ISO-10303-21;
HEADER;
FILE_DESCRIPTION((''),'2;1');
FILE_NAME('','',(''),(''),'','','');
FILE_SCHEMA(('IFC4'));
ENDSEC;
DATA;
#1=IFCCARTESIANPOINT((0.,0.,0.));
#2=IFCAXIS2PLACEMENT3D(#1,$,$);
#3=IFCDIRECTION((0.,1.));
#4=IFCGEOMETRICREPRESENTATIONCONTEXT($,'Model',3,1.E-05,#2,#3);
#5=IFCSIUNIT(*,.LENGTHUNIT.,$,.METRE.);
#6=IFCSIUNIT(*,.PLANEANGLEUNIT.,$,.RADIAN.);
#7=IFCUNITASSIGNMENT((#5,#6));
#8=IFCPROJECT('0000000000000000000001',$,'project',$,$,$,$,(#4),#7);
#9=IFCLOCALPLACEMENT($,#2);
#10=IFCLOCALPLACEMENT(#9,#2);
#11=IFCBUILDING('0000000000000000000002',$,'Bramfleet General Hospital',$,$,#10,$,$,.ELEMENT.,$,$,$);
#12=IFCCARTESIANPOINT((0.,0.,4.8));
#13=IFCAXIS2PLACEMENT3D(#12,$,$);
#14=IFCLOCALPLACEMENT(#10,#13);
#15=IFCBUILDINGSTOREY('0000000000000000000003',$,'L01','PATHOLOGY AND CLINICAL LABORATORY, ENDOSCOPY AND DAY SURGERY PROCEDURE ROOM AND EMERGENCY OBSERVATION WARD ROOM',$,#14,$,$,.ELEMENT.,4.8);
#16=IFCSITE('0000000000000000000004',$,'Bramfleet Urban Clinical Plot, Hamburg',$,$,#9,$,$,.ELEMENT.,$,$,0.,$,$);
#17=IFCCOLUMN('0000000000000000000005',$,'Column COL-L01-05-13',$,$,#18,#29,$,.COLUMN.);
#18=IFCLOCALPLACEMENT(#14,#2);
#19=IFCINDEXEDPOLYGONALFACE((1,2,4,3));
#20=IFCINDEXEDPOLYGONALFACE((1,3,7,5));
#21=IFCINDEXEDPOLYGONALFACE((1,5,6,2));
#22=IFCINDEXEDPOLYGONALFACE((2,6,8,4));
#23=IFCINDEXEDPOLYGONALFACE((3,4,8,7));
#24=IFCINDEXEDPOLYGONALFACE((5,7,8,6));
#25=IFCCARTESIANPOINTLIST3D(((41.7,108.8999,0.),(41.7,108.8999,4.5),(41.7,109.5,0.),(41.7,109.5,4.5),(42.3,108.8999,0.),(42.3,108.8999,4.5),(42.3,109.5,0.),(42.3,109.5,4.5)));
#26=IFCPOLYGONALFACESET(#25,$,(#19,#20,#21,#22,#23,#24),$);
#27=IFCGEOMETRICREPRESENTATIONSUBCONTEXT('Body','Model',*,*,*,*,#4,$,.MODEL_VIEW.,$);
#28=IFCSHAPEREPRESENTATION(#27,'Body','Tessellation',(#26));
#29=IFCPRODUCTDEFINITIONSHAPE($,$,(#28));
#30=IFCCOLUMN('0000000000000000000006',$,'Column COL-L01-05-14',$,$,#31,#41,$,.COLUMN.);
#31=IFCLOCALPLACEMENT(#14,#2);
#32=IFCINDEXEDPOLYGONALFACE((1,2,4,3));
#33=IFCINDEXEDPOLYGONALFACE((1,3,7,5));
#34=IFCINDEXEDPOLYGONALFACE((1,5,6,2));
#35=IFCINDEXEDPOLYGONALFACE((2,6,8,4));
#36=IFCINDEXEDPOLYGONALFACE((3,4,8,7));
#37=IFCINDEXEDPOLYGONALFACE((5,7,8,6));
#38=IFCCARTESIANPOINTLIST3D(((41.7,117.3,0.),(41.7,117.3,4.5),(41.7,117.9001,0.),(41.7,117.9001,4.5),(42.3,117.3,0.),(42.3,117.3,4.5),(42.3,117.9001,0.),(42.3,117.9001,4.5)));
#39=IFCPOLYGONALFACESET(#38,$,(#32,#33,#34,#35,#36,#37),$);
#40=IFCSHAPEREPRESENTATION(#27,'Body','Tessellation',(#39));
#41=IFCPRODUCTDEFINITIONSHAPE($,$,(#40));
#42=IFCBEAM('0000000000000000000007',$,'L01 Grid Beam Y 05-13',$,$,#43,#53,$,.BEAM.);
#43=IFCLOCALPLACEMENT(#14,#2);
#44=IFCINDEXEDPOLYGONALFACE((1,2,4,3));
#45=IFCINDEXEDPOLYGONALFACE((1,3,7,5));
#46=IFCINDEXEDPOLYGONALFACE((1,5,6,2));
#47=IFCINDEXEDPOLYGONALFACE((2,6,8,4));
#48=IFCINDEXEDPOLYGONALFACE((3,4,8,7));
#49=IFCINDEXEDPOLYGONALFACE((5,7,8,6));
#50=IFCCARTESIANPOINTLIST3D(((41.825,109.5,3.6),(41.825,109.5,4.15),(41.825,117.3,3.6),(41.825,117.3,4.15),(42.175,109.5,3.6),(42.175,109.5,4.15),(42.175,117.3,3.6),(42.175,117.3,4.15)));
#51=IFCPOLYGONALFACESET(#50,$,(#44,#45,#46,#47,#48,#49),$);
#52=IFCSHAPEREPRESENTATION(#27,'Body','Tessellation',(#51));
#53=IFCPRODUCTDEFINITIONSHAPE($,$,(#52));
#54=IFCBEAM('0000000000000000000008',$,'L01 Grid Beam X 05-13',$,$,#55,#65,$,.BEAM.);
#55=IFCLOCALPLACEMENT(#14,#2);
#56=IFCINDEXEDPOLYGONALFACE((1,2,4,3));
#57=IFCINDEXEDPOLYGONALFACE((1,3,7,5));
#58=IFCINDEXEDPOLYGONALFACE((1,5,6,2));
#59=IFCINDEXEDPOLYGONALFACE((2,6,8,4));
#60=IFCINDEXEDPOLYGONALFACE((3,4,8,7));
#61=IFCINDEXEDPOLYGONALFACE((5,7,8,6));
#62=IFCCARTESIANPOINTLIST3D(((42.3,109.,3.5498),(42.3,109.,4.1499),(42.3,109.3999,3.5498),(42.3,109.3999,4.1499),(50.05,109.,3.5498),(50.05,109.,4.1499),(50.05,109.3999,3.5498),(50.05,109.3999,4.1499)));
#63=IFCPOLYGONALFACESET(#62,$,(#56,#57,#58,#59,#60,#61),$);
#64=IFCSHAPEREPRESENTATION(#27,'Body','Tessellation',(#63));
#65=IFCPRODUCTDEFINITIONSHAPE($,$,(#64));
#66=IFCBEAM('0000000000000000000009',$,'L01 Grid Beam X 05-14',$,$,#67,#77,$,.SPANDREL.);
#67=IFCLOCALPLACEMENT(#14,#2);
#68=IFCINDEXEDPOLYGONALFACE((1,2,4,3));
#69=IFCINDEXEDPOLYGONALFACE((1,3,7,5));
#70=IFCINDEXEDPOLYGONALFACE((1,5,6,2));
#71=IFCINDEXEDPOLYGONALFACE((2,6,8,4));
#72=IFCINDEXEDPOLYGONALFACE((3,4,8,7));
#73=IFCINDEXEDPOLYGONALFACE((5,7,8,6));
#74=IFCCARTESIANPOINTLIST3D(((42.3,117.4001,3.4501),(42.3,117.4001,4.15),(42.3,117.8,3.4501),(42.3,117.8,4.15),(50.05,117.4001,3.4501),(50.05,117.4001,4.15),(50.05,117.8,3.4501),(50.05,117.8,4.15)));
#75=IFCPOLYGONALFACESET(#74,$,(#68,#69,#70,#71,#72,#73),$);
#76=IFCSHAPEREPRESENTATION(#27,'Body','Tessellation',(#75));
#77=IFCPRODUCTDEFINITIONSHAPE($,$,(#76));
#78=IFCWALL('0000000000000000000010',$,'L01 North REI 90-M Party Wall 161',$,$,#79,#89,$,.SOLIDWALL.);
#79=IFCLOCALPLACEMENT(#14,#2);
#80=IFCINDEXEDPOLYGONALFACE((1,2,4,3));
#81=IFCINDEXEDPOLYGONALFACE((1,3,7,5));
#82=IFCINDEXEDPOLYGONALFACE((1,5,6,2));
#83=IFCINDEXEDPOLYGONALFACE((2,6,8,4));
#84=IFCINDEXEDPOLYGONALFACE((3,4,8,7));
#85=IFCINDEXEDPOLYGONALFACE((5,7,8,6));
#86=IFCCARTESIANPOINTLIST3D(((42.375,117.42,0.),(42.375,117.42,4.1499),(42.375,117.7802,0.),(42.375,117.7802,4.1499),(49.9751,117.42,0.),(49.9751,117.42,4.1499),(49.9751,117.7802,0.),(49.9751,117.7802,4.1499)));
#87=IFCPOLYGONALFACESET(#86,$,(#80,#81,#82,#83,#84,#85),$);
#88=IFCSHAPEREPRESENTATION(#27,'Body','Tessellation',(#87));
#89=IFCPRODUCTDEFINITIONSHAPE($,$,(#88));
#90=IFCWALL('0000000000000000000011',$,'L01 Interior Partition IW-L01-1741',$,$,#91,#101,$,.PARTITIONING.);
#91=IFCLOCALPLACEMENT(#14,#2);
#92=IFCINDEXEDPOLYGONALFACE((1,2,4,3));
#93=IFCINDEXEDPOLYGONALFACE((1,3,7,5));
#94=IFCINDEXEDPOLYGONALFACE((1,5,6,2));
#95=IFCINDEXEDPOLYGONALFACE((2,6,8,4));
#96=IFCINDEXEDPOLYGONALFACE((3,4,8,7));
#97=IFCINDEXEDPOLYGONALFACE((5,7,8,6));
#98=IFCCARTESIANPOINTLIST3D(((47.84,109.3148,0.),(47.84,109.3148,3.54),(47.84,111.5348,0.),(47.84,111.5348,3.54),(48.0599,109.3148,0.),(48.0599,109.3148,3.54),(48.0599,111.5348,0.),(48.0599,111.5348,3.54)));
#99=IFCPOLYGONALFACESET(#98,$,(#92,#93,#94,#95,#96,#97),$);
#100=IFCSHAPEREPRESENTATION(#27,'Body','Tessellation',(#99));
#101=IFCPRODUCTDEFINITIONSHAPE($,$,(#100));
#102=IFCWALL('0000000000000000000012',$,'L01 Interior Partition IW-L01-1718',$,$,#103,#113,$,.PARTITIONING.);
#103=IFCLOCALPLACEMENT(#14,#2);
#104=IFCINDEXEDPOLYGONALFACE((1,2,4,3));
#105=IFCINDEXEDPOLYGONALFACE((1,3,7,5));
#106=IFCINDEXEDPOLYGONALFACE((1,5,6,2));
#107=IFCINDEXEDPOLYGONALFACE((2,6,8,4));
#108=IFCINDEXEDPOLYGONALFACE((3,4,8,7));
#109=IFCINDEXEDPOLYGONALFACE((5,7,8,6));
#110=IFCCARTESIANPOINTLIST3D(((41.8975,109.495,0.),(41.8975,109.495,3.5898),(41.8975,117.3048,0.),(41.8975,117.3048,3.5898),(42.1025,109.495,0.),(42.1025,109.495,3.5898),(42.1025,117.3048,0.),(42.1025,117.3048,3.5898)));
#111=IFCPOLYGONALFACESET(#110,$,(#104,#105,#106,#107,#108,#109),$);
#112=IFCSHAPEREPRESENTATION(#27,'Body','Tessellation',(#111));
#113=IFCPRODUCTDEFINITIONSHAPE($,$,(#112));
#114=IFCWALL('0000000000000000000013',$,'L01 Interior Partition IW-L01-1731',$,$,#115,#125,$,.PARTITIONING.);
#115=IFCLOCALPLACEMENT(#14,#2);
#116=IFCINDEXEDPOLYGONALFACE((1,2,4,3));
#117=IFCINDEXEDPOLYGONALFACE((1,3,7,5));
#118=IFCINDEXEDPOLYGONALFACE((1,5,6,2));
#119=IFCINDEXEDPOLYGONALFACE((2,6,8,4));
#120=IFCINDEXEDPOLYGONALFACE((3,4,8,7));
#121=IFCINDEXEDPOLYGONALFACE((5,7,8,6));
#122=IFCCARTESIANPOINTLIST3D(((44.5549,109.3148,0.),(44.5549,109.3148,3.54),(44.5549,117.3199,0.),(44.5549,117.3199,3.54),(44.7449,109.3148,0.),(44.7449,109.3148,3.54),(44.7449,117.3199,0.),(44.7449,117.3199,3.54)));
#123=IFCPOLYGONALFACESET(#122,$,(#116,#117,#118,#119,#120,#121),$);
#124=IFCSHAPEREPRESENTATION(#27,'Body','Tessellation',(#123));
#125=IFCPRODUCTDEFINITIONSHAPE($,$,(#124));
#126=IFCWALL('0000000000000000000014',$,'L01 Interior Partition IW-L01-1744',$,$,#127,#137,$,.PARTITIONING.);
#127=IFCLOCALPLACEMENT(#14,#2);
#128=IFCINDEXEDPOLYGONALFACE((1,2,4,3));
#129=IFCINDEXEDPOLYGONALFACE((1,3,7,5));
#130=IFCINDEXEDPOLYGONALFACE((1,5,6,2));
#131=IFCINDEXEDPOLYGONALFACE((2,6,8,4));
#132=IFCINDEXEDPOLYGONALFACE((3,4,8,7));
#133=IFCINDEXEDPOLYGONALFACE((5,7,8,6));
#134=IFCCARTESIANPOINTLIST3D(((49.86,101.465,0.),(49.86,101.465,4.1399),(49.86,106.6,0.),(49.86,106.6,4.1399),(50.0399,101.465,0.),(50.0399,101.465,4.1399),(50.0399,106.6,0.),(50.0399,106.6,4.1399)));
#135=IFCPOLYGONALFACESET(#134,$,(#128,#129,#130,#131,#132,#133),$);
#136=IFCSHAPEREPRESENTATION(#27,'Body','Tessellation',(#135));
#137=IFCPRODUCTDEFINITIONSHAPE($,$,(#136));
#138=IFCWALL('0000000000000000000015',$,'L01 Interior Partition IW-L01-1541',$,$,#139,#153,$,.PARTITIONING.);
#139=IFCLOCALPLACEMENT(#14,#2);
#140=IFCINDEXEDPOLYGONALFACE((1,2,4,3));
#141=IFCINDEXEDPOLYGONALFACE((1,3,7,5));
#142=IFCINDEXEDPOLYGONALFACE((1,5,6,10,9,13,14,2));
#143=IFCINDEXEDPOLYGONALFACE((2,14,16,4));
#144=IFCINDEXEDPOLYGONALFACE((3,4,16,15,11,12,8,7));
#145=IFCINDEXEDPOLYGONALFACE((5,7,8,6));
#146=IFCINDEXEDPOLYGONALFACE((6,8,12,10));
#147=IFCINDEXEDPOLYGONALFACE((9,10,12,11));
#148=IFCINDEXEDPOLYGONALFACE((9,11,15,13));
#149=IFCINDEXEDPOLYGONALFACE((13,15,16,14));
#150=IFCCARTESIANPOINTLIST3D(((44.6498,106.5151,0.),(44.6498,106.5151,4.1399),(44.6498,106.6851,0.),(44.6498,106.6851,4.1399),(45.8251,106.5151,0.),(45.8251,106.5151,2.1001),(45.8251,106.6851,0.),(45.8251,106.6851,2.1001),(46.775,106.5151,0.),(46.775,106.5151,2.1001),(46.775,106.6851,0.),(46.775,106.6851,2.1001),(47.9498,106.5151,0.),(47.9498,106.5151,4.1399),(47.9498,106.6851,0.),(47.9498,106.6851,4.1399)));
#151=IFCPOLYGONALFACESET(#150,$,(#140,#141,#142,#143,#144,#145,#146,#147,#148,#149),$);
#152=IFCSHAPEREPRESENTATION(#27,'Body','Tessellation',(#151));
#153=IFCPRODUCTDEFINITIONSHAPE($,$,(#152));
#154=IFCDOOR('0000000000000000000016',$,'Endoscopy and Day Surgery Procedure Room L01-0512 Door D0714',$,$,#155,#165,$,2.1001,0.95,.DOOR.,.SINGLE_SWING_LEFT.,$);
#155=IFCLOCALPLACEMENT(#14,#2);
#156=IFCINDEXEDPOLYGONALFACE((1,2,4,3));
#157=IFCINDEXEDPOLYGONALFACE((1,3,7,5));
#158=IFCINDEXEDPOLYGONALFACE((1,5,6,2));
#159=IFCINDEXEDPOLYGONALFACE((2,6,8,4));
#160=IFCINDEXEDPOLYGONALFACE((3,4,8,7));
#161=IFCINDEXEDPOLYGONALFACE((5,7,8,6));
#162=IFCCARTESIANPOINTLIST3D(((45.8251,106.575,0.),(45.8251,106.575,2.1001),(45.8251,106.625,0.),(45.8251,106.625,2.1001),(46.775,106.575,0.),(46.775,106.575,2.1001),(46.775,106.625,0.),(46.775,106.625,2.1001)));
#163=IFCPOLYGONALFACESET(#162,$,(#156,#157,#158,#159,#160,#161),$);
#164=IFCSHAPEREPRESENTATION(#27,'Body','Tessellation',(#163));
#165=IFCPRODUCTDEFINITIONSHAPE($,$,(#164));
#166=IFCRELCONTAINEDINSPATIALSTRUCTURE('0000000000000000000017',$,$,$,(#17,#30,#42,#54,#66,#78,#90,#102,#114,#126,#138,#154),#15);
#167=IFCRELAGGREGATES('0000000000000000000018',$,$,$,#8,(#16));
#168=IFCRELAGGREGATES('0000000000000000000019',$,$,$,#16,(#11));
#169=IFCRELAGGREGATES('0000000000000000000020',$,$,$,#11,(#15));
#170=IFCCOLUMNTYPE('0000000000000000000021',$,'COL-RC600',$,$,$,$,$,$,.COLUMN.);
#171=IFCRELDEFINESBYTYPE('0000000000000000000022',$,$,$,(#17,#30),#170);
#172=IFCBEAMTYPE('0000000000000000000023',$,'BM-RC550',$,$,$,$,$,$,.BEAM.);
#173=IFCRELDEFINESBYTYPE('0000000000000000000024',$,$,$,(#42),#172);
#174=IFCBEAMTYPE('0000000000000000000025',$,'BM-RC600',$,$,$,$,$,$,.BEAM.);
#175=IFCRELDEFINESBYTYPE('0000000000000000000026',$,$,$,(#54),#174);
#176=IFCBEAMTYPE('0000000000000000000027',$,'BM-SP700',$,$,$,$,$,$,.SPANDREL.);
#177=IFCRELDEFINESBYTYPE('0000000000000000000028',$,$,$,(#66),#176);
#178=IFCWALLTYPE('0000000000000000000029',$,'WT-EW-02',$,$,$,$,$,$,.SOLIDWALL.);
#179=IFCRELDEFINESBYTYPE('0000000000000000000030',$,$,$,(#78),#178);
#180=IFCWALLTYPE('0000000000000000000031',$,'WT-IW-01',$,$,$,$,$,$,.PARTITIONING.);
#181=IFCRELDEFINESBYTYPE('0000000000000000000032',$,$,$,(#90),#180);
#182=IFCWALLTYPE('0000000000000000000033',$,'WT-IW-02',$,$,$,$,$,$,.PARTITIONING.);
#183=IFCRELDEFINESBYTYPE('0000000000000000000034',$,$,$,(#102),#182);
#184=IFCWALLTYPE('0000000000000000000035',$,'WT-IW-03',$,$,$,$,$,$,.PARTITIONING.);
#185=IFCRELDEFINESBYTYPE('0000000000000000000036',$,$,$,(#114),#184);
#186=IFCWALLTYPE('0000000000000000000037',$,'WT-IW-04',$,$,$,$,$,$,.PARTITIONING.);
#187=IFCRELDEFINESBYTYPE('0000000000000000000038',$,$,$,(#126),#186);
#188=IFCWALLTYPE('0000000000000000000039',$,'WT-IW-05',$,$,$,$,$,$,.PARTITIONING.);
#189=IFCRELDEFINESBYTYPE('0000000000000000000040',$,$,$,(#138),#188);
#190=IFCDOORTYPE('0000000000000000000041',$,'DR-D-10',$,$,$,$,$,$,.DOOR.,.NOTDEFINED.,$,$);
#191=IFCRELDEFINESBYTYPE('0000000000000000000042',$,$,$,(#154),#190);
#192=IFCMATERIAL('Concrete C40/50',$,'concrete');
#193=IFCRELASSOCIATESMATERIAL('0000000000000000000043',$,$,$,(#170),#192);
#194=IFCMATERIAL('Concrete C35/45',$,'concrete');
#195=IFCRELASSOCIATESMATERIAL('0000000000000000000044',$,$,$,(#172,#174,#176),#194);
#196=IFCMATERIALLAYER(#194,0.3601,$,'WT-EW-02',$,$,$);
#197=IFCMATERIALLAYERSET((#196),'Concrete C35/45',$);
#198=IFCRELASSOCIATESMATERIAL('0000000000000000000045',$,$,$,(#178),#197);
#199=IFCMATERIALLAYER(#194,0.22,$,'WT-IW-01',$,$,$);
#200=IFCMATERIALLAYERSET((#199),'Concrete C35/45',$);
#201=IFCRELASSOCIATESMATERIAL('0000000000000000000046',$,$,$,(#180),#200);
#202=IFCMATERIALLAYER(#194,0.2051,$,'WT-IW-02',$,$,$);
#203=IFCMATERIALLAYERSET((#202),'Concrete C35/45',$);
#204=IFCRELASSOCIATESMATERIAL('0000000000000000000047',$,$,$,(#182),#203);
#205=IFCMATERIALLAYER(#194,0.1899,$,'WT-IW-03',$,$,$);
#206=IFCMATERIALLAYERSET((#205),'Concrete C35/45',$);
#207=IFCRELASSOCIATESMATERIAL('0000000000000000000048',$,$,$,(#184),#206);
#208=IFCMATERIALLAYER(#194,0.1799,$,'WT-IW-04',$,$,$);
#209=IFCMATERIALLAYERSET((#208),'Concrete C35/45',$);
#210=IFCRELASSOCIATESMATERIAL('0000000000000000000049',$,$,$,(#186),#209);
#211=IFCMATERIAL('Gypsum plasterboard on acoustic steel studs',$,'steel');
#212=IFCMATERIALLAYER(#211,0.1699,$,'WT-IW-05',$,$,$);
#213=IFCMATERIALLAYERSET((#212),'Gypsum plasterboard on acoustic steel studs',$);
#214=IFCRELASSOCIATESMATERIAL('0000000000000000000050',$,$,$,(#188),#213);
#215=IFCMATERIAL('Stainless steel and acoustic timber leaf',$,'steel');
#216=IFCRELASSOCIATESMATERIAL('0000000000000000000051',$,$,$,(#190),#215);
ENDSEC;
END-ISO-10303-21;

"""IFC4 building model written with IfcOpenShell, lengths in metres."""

from ifc_helpers import new_model, si_unit, direction, frame, frame_2d, origin, origin_2d, place, context, subcontext, project, spatial, rectangle, extrude, material, layer, layer_set, material_profile, profile_set, type_object, element, fill, save


model = new_model("IFC4")

# Units and contexts
model_context = context("Model", 3, precision=1e-05, world=origin(), true_north=direction((0.0, 1.0)))
body_context = subcontext(model_context, "Body", "Model", "MODEL_VIEW")
ifc_project = project(units=[si_unit("LENGTHUNIT", "METRE"), si_unit("PLANEANGLEUNIT", "RADIAN")], contexts=[model_context])

# Site, building, storey
site_placement = place(None, origin())
site = spatial("IfcSite", under=ifc_project, at=site_placement, Name="Bramfleet Urban Clinical Plot, Hamburg", CompositionType="ELEMENT", RefElevation=0.0)
building_placement = place(site_placement, origin())
building = spatial("IfcBuilding", under=site, at=building_placement, Name="Bramfleet General Hospital", CompositionType="ELEMENT")
storey_placement = place(building_placement, frame((0.0, 0.0, 4.8)))
storey = spatial("IfcBuildingStorey", under=building, at=storey_placement, Name="L01", Description="PATHOLOGY AND CLINICAL LABORATORY, ENDOSCOPY AND DAY SURGERY PROCEDURE ROOM AND EMERGENCY OBSERVATION WARD ROOM", CompositionType="ELEMENT", Elevation=4.8)

# Columns
ifc_material_1 = material(Name="Concrete C40/50", Category="concrete")
ifc_material_profile_1 = material_profile(ifc_material_1, rectangle(XDim=0.6001, YDim=0.6001, at=origin_2d()), Name="RC COL 600x600")
ifc_profile_set_1 = profile_set([ifc_material_profile_1], Name="Concrete C40/50")
column_type = type_object("IfcColumnType", Name="COL-RC600", PredefinedType="COLUMN", material=ifc_profile_set_1)
for number, where, z_axis, x_axis, name in (
    (1, (42.0, 109.2, 0.0), (0.0, 0.0, 1.0), (1.0, 0.0, 0.0), "Column COL-L01-05-13"),
    (2, (42.0, 117.6001, 0.0), (0.0, 0.0, 1.0), (1.0, 0.0, 0.0), "Column COL-L01-05-14"),
):
    element("IfcColumn", number, at=place(storey_placement, frame(where, z_axis=z_axis, x_axis=x_axis)), inside=storey, type_object=column_type, Name=name, PredefinedType="COLUMN", context=body_context, shape_type="SweptSolid", body=[
        extrude(rectangle(XDim=0.6001, YDim=0.6001, at=origin_2d()), origin(), (0.0, 0.0, 1.0), 4.5),
    ])

# Beams
ifc_material_2 = material(Name="Concrete C35/45", Category="concrete")
ifc_material_profile_2 = material_profile(ifc_material_2, rectangle(XDim=0.3501, YDim=0.55, at=origin_2d()), Name="RC BM 550x350")
ifc_profile_set_2 = profile_set([ifc_material_profile_2], Name="Concrete C35/45")
beam_type_1 = type_object("IfcBeamType", Name="BM-RC550", PredefinedType="BEAM", material=ifc_profile_set_2)
beam_1_placement = place(storey_placement, frame((42.0, 109.5, 3.875), z_axis=(0.0, 1.0, 0.0), x_axis=(-1.0, 0.0, 0.0)))
element("IfcBeam", 3, at=beam_1_placement, inside=storey, type_object=beam_type_1, Name="L01 Grid Beam Y 05-13", PredefinedType="BEAM", context=body_context, shape_type="SweptSolid", body=[
    extrude(rectangle(XDim=0.3501, YDim=0.55, at=origin_2d()), origin(), (0.0, 0.0, 1.0), 7.8),
])
ifc_material_profile_3 = material_profile(ifc_material_2, rectangle(XDim=0.3999, YDim=0.6001, at=origin_2d()), Name="RC BM 600x400")
ifc_profile_set_3 = profile_set([ifc_material_profile_3], Name="Concrete C35/45")
beam_type_2 = type_object("IfcBeamType", Name="BM-RC600", PredefinedType="BEAM", material=ifc_profile_set_3)
beam_2_placement = place(storey_placement, frame((42.3, 109.2, 3.8499), z_axis=(1.0, 0.0, 0.0), x_axis=(0.0, 1.0, 0.0)))
element("IfcBeam", 4, at=beam_2_placement, inside=storey, type_object=beam_type_2, Name="L01 Grid Beam X 05-13", PredefinedType="BEAM", context=body_context, shape_type="SweptSolid", body=[
    extrude(rectangle(XDim=0.3999, YDim=0.6001, at=origin_2d()), origin(), (0.0, 0.0, 1.0), 7.75),
])
ifc_material_profile_4 = material_profile(ifc_material_2, rectangle(XDim=0.3999, YDim=0.7, at=origin_2d()), Name="RC SP 700x400")
ifc_profile_set_4 = profile_set([ifc_material_profile_4], Name="Concrete C35/45")
beam_type_3 = type_object("IfcBeamType", Name="BM-SP700", PredefinedType="SPANDREL", material=ifc_profile_set_4)
beam_3_placement = place(storey_placement, frame((42.3, 117.6001, 3.8), z_axis=(1.0, 0.0, 0.0), x_axis=(0.0, 1.0, 0.0)))
element("IfcBeam", 5, at=beam_3_placement, inside=storey, type_object=beam_type_3, Name="L01 Grid Beam X 05-14", PredefinedType="SPANDREL", context=body_context, shape_type="SweptSolid", body=[
    extrude(rectangle(XDim=0.3999, YDim=0.7, at=origin_2d()), origin(), (0.0, 0.0, 1.0), 7.75),
])

# Walls
ifc_layer_1 = layer(ifc_material_2, 0.3601, Name="WT-EW-02")
ifc_layer_set_1 = layer_set([ifc_layer_1], Name="Concrete C35/45")
wall_type_1 = type_object("IfcWallType", Name="WT-EW-02", PredefinedType="SOLIDWALL", material=ifc_layer_set_1)
wall_1_placement = place(storey_placement, frame((42.375, 117.6001, 0.0), z_axis=(0.0, 0.0, 1.0), x_axis=(1.0, 0.0, 0.0)))
element("IfcWall", 6, at=wall_1_placement, inside=storey, type_object=wall_type_1, Name="L01 North REI 90-M Party Wall 161", PredefinedType="SOLIDWALL", context=body_context, shape_type="SweptSolid", body=[
    extrude(rectangle(XDim=7.6001, YDim=0.3601, at=frame_2d((3.8, 0.0))), origin(), (0.0, 0.0, 1.0), 4.1499),
])
ifc_layer_2 = layer(ifc_material_2, 0.22, Name="WT-IW-01")
ifc_layer_set_2 = layer_set([ifc_layer_2], Name="Concrete C35/45")
wall_type_2 = type_object("IfcWallType", Name="WT-IW-01", PredefinedType="PARTITIONING", material=ifc_layer_set_2)
wall_2_placement = place(storey_placement, frame((47.95, 109.3149, 0.0), z_axis=(0.0, 0.0, 1.0), x_axis=(0.0, 1.0, 0.0)))
element("IfcWall", 7, at=wall_2_placement, inside=storey, type_object=wall_type_2, Name="L01 Interior Partition IW-L01-1741", PredefinedType="PARTITIONING", context=body_context, shape_type="SweptSolid", body=[
    extrude(rectangle(XDim=2.22, YDim=0.22, at=frame_2d((1.1099, 0.0))), origin(), (0.0, 0.0, 1.0), 3.54),
])
ifc_layer_3 = layer(ifc_material_2, 0.2051, Name="WT-IW-02")
ifc_layer_set_3 = layer_set([ifc_layer_3], Name="Concrete C35/45")
wall_type_3 = type_object("IfcWallType", Name="WT-IW-02", PredefinedType="PARTITIONING", material=ifc_layer_set_3)
wall_3_placement = place(storey_placement, frame((42.0, 109.4951, 0.0), z_axis=(0.0, 0.0, 1.0), x_axis=(0.0, 1.0, 0.0)))
element("IfcWall", 8, at=wall_3_placement, inside=storey, type_object=wall_type_3, Name="L01 Interior Partition IW-L01-1718", PredefinedType="PARTITIONING", context=body_context, shape_type="SweptSolid", body=[
    extrude(rectangle(XDim=7.8098, YDim=0.2051, at=frame_2d((3.9048, 0.0))), origin(), (0.0, 0.0, 1.0), 3.5898),
])
ifc_layer_4 = layer(ifc_material_2, 0.1899, Name="WT-IW-03")
ifc_layer_set_4 = layer_set([ifc_layer_4], Name="Concrete C35/45")
wall_type_4 = type_object("IfcWallType", Name="WT-IW-03", PredefinedType="PARTITIONING", material=ifc_layer_set_4)
wall_4_placement = place(storey_placement, frame((44.6499, 109.3149, 0.0), z_axis=(0.0, 0.0, 1.0), x_axis=(0.0, 1.0, 0.0)))
element("IfcWall", 9, at=wall_4_placement, inside=storey, type_object=wall_type_4, Name="L01 Interior Partition IW-L01-1731", PredefinedType="PARTITIONING", context=body_context, shape_type="SweptSolid", body=[
    extrude(rectangle(XDim=8.0051, YDim=0.1899, at=frame_2d((4.0024, 0.0))), origin(), (0.0, 0.0, 1.0), 3.54),
])
ifc_layer_5 = layer(ifc_material_2, 0.1799, Name="WT-IW-04")
ifc_layer_set_5 = layer_set([ifc_layer_5], Name="Concrete C35/45")
wall_type_5 = type_object("IfcWallType", Name="WT-IW-04", PredefinedType="PARTITIONING", material=ifc_layer_set_5)
wall_5_placement = place(storey_placement, frame((49.95, 101.4651, 0.0), z_axis=(0.0, 0.0, 1.0), x_axis=(0.0, 1.0, 0.0)))
element("IfcWall", 10, at=wall_5_placement, inside=storey, type_object=wall_type_5, Name="L01 Interior Partition IW-L01-1744", PredefinedType="PARTITIONING", context=body_context, shape_type="SweptSolid", body=[
    extrude(rectangle(XDim=5.135, YDim=0.1799, at=frame_2d((2.5674, 0.0))), origin(), (0.0, 0.0, 1.0), 4.1399),
])

# Wall, opening, door
ifc_material_3 = material(Name="Gypsum plasterboard on acoustic steel studs", Category="steel")
ifc_layer_6 = layer(ifc_material_3, 0.1699, Name="WT-IW-05")
ifc_layer_set_6 = layer_set([ifc_layer_6], Name="Gypsum plasterboard on acoustic steel studs")
wall_type_6 = type_object("IfcWallType", Name="WT-IW-05", PredefinedType="PARTITIONING", material=ifc_layer_set_6)
wall_6_placement = place(storey_placement, frame((44.6499, 106.6001, 0.0), z_axis=(0.0, 0.0, 1.0), x_axis=(1.0, 0.0, 0.0)))
wall_6 = element("IfcWall", 11, at=wall_6_placement, inside=storey, type_object=wall_type_6, Name="L01 Interior Partition IW-L01-1541", PredefinedType="PARTITIONING", context=body_context, shape_type="SweptSolid", body=[
    extrude(rectangle(XDim=3.3, YDim=0.1699, at=frame_2d((1.6499, 0.0))), origin(), (0.0, 0.0, 1.0), 4.1399),
])
opening_1_placement = place(wall_6_placement, frame((1.175, 0.0, 0.0)))
opening_1 = element("IfcOpeningElement", 12, at=opening_1_placement, cuts=wall_6, PredefinedType="OPENING", context=body_context, shape_type="SweptSolid", body=[
    extrude(rectangle(XDim=0.95, YDim=2.1001, at=frame_2d((0.4751, 1.05))), frame((0.0, 0.095, 0.0), z_axis=(0.0, -1.0, 0.0), x_axis=(1.0, 0.0, 0.0)), (0.0, 0.0, 1.0), 0.1899),
])
ifc_material_4 = material(Name="Stainless steel and acoustic timber leaf", Category="steel")
door_type_1 = type_object("IfcDoorType", Name="DR-D-10", OperationType="NOTDEFINED", PredefinedType="DOOR", material=ifc_material_4)
door_1_placement = place(opening_1_placement, origin())
door_1 = element("IfcDoor", 13, at=door_1_placement, inside=storey, type_object=door_type_1, Name="Endoscopy and Day Surgery Procedure Room L01-0512 Door D0714", OperationType="SINGLE_SWING_LEFT", OverallHeight=2.1001, OverallWidth=0.95, PredefinedType="DOOR", context=body_context, shape_type="SweptSolid", body=[
    extrude(rectangle(XDim=0.95, YDim=2.1001, at=frame_2d((0.4751, 1.05))), frame((0.0, 0.0249, 0.0), z_axis=(0.0, -1.0, 0.0), x_axis=(1.0, 0.0, 0.0)), (0.0, 0.0, 1.0), 0.05),
])
fill(opening_1, door_1)

save(model, "model.ifc")
